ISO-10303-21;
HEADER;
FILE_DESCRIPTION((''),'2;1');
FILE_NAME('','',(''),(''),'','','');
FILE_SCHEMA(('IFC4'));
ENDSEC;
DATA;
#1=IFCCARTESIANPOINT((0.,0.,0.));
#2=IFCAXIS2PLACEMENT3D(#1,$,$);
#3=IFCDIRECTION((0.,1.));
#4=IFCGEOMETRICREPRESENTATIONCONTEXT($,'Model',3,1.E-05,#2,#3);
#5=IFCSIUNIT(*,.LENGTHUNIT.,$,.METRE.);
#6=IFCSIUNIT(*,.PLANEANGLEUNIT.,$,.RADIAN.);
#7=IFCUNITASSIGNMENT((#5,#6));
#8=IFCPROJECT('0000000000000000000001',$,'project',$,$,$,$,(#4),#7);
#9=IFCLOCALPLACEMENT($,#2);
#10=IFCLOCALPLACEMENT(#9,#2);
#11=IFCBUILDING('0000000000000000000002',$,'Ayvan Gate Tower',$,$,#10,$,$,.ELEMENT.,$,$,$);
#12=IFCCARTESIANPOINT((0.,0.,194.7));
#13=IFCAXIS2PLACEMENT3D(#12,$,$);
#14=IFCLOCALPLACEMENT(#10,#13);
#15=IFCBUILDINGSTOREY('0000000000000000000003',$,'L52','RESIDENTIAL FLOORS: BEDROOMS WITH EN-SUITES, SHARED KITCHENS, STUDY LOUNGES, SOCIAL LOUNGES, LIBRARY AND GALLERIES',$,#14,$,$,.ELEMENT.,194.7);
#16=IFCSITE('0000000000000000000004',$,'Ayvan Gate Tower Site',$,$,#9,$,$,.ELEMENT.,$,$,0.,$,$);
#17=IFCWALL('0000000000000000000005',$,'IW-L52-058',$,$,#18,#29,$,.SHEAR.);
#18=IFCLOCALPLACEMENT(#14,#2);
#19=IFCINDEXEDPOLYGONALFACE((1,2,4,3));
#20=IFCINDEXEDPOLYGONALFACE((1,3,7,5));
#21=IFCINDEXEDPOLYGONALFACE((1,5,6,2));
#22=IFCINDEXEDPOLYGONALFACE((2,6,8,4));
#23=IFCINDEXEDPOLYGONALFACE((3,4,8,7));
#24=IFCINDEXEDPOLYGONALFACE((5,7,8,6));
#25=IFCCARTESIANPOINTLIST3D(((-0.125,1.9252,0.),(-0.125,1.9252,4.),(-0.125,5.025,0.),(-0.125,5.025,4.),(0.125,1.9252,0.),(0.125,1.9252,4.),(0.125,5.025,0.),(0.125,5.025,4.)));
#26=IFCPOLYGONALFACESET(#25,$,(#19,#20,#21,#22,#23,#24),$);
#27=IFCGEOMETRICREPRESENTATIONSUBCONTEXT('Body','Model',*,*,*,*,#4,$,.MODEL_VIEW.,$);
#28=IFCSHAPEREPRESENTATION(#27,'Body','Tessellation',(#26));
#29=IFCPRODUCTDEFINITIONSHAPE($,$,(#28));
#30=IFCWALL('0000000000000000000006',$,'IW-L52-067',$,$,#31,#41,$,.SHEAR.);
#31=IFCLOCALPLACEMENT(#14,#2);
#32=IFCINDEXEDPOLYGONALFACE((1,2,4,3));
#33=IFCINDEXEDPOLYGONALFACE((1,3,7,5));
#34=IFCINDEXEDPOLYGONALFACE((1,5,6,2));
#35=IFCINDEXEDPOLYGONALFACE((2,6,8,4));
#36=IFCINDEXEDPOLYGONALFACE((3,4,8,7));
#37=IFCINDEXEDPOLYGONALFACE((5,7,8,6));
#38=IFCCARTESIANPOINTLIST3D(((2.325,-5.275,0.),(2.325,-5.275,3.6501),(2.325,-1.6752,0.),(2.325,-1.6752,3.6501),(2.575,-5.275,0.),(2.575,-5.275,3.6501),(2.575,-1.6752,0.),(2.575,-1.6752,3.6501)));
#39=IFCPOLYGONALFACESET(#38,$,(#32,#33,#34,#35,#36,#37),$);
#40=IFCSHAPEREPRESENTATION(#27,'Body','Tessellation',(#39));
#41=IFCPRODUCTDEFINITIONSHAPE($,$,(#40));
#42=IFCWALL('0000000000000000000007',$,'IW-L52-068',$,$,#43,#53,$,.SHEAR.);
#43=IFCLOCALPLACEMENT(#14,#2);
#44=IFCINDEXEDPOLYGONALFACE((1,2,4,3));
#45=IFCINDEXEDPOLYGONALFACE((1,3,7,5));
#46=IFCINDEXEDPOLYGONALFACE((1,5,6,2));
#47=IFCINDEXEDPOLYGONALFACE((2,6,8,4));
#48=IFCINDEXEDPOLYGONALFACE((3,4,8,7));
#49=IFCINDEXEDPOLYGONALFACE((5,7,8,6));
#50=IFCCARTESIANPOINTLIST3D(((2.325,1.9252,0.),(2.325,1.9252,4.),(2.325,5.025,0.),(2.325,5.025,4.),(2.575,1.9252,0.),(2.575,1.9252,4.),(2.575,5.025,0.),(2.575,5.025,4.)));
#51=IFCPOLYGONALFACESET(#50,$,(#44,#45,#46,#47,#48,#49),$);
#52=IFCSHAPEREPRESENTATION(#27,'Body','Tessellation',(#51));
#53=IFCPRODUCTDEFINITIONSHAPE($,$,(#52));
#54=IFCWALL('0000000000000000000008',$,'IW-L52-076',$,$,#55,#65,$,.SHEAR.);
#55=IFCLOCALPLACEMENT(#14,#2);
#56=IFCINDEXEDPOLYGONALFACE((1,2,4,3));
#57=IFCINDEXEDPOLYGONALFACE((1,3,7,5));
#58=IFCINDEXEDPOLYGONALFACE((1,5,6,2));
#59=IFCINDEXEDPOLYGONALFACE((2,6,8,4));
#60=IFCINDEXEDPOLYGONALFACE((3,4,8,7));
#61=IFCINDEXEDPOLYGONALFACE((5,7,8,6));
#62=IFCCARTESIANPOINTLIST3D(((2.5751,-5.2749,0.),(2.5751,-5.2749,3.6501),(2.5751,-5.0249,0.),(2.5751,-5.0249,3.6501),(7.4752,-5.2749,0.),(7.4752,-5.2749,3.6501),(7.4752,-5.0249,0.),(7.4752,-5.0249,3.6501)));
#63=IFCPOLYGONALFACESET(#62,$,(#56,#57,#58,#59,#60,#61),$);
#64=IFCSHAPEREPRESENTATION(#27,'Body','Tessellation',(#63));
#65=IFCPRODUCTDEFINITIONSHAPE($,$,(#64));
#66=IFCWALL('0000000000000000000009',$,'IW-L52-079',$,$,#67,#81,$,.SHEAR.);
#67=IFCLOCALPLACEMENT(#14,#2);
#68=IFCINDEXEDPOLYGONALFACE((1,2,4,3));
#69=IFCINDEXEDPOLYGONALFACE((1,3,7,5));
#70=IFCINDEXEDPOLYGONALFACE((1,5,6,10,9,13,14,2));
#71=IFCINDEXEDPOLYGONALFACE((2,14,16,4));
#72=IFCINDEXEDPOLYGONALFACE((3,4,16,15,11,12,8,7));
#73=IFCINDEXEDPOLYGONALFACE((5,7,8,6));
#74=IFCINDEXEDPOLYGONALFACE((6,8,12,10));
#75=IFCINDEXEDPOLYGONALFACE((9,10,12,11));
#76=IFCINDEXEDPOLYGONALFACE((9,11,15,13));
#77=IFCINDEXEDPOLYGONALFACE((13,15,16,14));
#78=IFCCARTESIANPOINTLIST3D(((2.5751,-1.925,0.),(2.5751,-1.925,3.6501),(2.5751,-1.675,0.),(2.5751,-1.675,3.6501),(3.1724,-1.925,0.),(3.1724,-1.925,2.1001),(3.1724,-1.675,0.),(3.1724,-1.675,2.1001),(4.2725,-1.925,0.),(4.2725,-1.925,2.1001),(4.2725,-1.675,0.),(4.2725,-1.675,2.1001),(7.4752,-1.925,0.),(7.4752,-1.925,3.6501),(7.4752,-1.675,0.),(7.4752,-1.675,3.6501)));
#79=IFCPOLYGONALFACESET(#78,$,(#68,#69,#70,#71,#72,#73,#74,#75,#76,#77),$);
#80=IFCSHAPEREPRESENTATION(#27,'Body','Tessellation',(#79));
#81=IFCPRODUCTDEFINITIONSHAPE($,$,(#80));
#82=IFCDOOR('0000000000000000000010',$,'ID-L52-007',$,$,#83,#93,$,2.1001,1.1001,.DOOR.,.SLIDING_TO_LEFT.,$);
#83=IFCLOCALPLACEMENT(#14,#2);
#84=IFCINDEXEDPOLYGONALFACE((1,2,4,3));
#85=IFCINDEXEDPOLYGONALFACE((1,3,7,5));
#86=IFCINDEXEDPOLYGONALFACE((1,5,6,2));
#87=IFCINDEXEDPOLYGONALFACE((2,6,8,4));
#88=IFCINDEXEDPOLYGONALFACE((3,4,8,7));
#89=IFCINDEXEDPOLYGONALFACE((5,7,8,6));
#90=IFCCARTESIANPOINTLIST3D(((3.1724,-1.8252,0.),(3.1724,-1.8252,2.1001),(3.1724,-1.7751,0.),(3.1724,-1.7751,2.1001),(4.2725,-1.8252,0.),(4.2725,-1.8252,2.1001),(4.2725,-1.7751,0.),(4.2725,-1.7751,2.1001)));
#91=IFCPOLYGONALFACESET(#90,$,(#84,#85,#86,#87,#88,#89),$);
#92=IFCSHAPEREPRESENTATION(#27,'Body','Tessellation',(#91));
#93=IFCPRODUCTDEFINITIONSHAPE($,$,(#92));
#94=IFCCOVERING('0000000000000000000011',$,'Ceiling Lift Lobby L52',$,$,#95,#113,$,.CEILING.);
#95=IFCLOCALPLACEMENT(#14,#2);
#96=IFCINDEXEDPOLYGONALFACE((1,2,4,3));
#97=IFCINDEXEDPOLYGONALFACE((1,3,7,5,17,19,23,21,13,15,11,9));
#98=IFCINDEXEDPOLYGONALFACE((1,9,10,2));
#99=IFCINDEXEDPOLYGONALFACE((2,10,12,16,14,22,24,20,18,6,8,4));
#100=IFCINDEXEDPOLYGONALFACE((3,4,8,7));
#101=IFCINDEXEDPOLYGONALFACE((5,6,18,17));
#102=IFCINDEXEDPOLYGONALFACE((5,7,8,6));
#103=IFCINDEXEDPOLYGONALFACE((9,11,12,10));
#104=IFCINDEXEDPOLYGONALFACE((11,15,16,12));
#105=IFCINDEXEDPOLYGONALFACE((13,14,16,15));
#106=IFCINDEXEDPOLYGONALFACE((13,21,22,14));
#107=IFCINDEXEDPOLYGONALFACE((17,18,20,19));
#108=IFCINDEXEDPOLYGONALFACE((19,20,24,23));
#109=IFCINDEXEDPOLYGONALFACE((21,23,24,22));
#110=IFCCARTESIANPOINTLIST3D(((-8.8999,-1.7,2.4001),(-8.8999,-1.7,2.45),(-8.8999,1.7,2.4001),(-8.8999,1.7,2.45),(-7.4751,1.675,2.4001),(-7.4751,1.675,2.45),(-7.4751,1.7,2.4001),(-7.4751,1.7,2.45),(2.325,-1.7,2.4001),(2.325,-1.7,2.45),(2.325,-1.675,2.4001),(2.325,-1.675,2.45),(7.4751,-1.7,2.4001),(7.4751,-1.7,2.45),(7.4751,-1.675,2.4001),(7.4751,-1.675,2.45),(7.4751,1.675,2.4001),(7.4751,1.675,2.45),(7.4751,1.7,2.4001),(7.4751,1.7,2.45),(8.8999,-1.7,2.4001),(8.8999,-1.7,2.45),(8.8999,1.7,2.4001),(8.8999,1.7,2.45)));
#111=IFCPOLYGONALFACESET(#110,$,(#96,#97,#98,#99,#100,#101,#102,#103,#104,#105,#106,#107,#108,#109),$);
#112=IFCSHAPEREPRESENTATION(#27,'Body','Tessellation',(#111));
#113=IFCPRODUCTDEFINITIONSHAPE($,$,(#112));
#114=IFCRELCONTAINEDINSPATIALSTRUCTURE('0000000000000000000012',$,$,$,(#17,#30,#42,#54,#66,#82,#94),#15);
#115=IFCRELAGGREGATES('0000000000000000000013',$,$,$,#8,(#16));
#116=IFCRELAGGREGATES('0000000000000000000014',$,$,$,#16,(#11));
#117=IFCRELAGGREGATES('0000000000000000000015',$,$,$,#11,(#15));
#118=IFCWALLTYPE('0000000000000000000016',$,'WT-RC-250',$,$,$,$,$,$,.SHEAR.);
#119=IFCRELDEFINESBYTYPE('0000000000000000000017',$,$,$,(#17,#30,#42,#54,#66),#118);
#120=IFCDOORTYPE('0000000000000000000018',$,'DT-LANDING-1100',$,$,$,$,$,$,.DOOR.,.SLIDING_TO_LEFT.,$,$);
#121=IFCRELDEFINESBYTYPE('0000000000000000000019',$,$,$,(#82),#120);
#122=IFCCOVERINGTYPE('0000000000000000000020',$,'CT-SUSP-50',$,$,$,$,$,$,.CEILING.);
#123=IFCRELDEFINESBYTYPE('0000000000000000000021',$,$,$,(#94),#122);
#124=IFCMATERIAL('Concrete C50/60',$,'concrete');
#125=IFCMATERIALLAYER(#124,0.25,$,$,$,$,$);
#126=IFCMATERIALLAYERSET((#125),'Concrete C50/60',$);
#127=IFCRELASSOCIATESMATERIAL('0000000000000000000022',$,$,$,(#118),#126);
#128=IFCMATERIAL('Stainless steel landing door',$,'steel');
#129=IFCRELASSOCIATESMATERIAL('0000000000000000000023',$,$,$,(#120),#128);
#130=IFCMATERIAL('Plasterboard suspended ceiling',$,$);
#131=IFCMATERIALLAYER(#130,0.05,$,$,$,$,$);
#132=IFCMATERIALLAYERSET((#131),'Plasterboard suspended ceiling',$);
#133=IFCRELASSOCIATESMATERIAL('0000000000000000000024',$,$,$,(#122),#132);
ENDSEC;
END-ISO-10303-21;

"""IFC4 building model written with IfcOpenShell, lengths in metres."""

from ifc_helpers import new_model, si_unit, direction, frame, frame_2d, origin, place, context, subcontext, project, spatial, polyline, rectangle, outline, extrude, material, layer, layer_set, type_object, element, fill, save


model = new_model("IFC4")

# Units and contexts
model_context = context("Model", 3, precision=1e-05, world=origin(), true_north=direction((0.0, 1.0)))
body_context = subcontext(model_context, "Body", "Model", "MODEL_VIEW")
ifc_project = project(units=[si_unit("LENGTHUNIT", "METRE"), si_unit("PLANEANGLEUNIT", "RADIAN")], contexts=[model_context])

# Site, building, storey
site_placement = place(None, origin())
site = spatial("IfcSite", under=ifc_project, at=site_placement, Name="Ayvan Gate Tower Site", CompositionType="ELEMENT", RefElevation=0.0)
building_placement = place(site_placement, origin())
building = spatial("IfcBuilding", under=site, at=building_placement, Name="Ayvan Gate Tower", CompositionType="ELEMENT")
storey_placement = place(building_placement, frame((0.0, 0.0, 194.7)))
storey = spatial("IfcBuildingStorey", under=building, at=storey_placement, Name="L52", Description="RESIDENTIAL FLOORS: BEDROOMS WITH EN-SUITES, SHARED KITCHENS, STUDY LOUNGES, SOCIAL LOUNGES, LIBRARY AND GALLERIES", CompositionType="ELEMENT", Elevation=194.7)

# Walls
ifc_material_1 = material(Name="Concrete C50/60", Category="concrete")
ifc_layer_1 = layer(ifc_material_1, 0.25)
ifc_layer_set_1 = layer_set([ifc_layer_1], Name="Concrete C50/60")
wall_type_1 = type_object("IfcWallType", Name="WT-RC-250", PredefinedType="SHEAR", material=ifc_layer_set_1)
wall_1_placement = place(storey_placement, frame((0.0, 5.0249, 0.0), z_axis=(0.0, 0.0, 1.0), x_axis=(0.0, -1.0, 0.0)))
element("IfcWall", 1, at=wall_1_placement, inside=storey, type_object=wall_type_1, Name="IW-L52-058", PredefinedType="SHEAR", context=body_context, shape_type="SweptSolid", body=[
    extrude(rectangle(XDim=3.0999, YDim=0.25, at=frame_2d((1.5498, 0.0))), origin(), (0.0, 0.0, 1.0), 4.0),
])
wall_2_placement = place(storey_placement, frame((2.45, -5.2749, 0.0), z_axis=(0.0, 0.0, 1.0), x_axis=(0.0, 1.0, 0.0)))
element("IfcWall", 2, at=wall_2_placement, inside=storey, type_object=wall_type_1, Name="IW-L52-067", PredefinedType="SHEAR", context=body_context, shape_type="SweptSolid", body=[
    extrude(rectangle(XDim=3.5999, YDim=0.25, at=frame_2d((1.7998, 0.0))), origin(), (0.0, 0.0, 1.0), 3.6501),
])
wall_3_placement = place(storey_placement, frame((2.45, 5.0249, 0.0), z_axis=(0.0, 0.0, 1.0), x_axis=(0.0, -1.0, 0.0)))
element("IfcWall", 3, at=wall_3_placement, inside=storey, type_object=wall_type_1, Name="IW-L52-068", PredefinedType="SHEAR", context=body_context, shape_type="SweptSolid", body=[
    extrude(rectangle(XDim=3.0999, YDim=0.25, at=frame_2d((1.5498, 0.0))), origin(), (0.0, 0.0, 1.0), 4.0),
])
wall_4_placement = place(storey_placement, frame((2.575, -5.1499, 0.0), z_axis=(0.0, 0.0, 1.0), x_axis=(1.0, 0.0, 0.0)))
element("IfcWall", 4, at=wall_4_placement, inside=storey, type_object=wall_type_1, Name="IW-L52-076", PredefinedType="SHEAR", context=body_context, shape_type="SweptSolid", body=[
    extrude(rectangle(XDim=4.9001, YDim=0.25, at=frame_2d((2.4502, 0.0))), origin(), (0.0, 0.0, 1.0), 3.6501),
])

# Wall, opening, door
wall_5_placement = place(storey_placement, frame((2.575, -1.8, 0.0), z_axis=(0.0, 0.0, 1.0), x_axis=(1.0, 0.0, 0.0)))
wall_5 = element("IfcWall", 5, at=wall_5_placement, inside=storey, type_object=wall_type_1, Name="IW-L52-079", PredefinedType="SHEAR", context=body_context, shape_type="SweptSolid", body=[
    extrude(rectangle(XDim=4.9001, YDim=0.25, at=frame_2d((2.4502, 0.0))), origin(), (0.0, 0.0, 1.0), 3.6501),
])
opening_placement = place(wall_5_placement, frame((0.5974, 0.0, 0.0)))
opening = element("IfcOpeningElement", 6, at=opening_placement, cuts=wall_5, PredefinedType="OPENING", context=body_context, shape_type="SweptSolid", body=[
    extrude(rectangle(XDim=1.1001, YDim=2.1001, at=frame_2d((0.55, 1.05))), frame((0.0, 0.135, 0.0), z_axis=(0.0, -1.0, 0.0), x_axis=(1.0, 0.0, 0.0)), (0.0, 0.0, 1.0), 0.27),
])
ifc_material_2 = material(Name="Stainless steel landing door", Category="steel")
door_type = type_object("IfcDoorType", Name="DT-LANDING-1100", OperationType="SLIDING_TO_LEFT", PredefinedType="DOOR", material=ifc_material_2)
door_placement = place(opening_placement, origin())
door = element("IfcDoor", 7, at=door_placement, inside=storey, type_object=door_type, Name="ID-L52-007", OperationType="SLIDING_TO_LEFT", OverallHeight=2.1001, OverallWidth=1.1001, PredefinedType="DOOR", context=body_context, shape_type="SweptSolid", body=[
    extrude(rectangle(XDim=1.1001, YDim=2.1001, at=frame_2d((0.55, 1.05))), frame((0.0, 0.0249, 0.0), z_axis=(0.0, -1.0, 0.0), x_axis=(1.0, 0.0, 0.0)), (0.0, 0.0, 1.0), 0.05),
])
fill(opening, door)

# Covering
ifc_material_3 = material(Name="Plasterboard suspended ceiling")
ifc_layer_2 = layer(ifc_material_3, 0.05)
ifc_layer_set_2 = layer_set([ifc_layer_2], Name="Plasterboard suspended ceiling")
covering_type = type_object("IfcCoveringType", Name="CT-SUSP-50", PredefinedType="CEILING", material=ifc_layer_set_2)
covering_1_placement = place(storey_placement, frame((0.0, 0.0, 2.4001)))
element("IfcCovering", 8, at=covering_1_placement, inside=storey, type_object=covering_type, Name="Ceiling Lift Lobby L52", PredefinedType="CEILING", context=body_context, shape_type="SweptSolid", body=[
    extrude(outline(polyline([(7.4751, -1.675), (2.325, -1.675), (2.325, -1.7), (-8.8999, -1.7), (-8.8999, 1.7), (-7.4751, 1.7), (-7.4751, 1.675), (7.4751, 1.675), (7.4751, 1.7), (8.8999, 1.7), (8.8999, -1.7), (7.4751, -1.7), (7.4751, -1.675)])), origin(), (0.0, 0.0, 1.0), 0.0498),
])

save(model, "model.ifc")
